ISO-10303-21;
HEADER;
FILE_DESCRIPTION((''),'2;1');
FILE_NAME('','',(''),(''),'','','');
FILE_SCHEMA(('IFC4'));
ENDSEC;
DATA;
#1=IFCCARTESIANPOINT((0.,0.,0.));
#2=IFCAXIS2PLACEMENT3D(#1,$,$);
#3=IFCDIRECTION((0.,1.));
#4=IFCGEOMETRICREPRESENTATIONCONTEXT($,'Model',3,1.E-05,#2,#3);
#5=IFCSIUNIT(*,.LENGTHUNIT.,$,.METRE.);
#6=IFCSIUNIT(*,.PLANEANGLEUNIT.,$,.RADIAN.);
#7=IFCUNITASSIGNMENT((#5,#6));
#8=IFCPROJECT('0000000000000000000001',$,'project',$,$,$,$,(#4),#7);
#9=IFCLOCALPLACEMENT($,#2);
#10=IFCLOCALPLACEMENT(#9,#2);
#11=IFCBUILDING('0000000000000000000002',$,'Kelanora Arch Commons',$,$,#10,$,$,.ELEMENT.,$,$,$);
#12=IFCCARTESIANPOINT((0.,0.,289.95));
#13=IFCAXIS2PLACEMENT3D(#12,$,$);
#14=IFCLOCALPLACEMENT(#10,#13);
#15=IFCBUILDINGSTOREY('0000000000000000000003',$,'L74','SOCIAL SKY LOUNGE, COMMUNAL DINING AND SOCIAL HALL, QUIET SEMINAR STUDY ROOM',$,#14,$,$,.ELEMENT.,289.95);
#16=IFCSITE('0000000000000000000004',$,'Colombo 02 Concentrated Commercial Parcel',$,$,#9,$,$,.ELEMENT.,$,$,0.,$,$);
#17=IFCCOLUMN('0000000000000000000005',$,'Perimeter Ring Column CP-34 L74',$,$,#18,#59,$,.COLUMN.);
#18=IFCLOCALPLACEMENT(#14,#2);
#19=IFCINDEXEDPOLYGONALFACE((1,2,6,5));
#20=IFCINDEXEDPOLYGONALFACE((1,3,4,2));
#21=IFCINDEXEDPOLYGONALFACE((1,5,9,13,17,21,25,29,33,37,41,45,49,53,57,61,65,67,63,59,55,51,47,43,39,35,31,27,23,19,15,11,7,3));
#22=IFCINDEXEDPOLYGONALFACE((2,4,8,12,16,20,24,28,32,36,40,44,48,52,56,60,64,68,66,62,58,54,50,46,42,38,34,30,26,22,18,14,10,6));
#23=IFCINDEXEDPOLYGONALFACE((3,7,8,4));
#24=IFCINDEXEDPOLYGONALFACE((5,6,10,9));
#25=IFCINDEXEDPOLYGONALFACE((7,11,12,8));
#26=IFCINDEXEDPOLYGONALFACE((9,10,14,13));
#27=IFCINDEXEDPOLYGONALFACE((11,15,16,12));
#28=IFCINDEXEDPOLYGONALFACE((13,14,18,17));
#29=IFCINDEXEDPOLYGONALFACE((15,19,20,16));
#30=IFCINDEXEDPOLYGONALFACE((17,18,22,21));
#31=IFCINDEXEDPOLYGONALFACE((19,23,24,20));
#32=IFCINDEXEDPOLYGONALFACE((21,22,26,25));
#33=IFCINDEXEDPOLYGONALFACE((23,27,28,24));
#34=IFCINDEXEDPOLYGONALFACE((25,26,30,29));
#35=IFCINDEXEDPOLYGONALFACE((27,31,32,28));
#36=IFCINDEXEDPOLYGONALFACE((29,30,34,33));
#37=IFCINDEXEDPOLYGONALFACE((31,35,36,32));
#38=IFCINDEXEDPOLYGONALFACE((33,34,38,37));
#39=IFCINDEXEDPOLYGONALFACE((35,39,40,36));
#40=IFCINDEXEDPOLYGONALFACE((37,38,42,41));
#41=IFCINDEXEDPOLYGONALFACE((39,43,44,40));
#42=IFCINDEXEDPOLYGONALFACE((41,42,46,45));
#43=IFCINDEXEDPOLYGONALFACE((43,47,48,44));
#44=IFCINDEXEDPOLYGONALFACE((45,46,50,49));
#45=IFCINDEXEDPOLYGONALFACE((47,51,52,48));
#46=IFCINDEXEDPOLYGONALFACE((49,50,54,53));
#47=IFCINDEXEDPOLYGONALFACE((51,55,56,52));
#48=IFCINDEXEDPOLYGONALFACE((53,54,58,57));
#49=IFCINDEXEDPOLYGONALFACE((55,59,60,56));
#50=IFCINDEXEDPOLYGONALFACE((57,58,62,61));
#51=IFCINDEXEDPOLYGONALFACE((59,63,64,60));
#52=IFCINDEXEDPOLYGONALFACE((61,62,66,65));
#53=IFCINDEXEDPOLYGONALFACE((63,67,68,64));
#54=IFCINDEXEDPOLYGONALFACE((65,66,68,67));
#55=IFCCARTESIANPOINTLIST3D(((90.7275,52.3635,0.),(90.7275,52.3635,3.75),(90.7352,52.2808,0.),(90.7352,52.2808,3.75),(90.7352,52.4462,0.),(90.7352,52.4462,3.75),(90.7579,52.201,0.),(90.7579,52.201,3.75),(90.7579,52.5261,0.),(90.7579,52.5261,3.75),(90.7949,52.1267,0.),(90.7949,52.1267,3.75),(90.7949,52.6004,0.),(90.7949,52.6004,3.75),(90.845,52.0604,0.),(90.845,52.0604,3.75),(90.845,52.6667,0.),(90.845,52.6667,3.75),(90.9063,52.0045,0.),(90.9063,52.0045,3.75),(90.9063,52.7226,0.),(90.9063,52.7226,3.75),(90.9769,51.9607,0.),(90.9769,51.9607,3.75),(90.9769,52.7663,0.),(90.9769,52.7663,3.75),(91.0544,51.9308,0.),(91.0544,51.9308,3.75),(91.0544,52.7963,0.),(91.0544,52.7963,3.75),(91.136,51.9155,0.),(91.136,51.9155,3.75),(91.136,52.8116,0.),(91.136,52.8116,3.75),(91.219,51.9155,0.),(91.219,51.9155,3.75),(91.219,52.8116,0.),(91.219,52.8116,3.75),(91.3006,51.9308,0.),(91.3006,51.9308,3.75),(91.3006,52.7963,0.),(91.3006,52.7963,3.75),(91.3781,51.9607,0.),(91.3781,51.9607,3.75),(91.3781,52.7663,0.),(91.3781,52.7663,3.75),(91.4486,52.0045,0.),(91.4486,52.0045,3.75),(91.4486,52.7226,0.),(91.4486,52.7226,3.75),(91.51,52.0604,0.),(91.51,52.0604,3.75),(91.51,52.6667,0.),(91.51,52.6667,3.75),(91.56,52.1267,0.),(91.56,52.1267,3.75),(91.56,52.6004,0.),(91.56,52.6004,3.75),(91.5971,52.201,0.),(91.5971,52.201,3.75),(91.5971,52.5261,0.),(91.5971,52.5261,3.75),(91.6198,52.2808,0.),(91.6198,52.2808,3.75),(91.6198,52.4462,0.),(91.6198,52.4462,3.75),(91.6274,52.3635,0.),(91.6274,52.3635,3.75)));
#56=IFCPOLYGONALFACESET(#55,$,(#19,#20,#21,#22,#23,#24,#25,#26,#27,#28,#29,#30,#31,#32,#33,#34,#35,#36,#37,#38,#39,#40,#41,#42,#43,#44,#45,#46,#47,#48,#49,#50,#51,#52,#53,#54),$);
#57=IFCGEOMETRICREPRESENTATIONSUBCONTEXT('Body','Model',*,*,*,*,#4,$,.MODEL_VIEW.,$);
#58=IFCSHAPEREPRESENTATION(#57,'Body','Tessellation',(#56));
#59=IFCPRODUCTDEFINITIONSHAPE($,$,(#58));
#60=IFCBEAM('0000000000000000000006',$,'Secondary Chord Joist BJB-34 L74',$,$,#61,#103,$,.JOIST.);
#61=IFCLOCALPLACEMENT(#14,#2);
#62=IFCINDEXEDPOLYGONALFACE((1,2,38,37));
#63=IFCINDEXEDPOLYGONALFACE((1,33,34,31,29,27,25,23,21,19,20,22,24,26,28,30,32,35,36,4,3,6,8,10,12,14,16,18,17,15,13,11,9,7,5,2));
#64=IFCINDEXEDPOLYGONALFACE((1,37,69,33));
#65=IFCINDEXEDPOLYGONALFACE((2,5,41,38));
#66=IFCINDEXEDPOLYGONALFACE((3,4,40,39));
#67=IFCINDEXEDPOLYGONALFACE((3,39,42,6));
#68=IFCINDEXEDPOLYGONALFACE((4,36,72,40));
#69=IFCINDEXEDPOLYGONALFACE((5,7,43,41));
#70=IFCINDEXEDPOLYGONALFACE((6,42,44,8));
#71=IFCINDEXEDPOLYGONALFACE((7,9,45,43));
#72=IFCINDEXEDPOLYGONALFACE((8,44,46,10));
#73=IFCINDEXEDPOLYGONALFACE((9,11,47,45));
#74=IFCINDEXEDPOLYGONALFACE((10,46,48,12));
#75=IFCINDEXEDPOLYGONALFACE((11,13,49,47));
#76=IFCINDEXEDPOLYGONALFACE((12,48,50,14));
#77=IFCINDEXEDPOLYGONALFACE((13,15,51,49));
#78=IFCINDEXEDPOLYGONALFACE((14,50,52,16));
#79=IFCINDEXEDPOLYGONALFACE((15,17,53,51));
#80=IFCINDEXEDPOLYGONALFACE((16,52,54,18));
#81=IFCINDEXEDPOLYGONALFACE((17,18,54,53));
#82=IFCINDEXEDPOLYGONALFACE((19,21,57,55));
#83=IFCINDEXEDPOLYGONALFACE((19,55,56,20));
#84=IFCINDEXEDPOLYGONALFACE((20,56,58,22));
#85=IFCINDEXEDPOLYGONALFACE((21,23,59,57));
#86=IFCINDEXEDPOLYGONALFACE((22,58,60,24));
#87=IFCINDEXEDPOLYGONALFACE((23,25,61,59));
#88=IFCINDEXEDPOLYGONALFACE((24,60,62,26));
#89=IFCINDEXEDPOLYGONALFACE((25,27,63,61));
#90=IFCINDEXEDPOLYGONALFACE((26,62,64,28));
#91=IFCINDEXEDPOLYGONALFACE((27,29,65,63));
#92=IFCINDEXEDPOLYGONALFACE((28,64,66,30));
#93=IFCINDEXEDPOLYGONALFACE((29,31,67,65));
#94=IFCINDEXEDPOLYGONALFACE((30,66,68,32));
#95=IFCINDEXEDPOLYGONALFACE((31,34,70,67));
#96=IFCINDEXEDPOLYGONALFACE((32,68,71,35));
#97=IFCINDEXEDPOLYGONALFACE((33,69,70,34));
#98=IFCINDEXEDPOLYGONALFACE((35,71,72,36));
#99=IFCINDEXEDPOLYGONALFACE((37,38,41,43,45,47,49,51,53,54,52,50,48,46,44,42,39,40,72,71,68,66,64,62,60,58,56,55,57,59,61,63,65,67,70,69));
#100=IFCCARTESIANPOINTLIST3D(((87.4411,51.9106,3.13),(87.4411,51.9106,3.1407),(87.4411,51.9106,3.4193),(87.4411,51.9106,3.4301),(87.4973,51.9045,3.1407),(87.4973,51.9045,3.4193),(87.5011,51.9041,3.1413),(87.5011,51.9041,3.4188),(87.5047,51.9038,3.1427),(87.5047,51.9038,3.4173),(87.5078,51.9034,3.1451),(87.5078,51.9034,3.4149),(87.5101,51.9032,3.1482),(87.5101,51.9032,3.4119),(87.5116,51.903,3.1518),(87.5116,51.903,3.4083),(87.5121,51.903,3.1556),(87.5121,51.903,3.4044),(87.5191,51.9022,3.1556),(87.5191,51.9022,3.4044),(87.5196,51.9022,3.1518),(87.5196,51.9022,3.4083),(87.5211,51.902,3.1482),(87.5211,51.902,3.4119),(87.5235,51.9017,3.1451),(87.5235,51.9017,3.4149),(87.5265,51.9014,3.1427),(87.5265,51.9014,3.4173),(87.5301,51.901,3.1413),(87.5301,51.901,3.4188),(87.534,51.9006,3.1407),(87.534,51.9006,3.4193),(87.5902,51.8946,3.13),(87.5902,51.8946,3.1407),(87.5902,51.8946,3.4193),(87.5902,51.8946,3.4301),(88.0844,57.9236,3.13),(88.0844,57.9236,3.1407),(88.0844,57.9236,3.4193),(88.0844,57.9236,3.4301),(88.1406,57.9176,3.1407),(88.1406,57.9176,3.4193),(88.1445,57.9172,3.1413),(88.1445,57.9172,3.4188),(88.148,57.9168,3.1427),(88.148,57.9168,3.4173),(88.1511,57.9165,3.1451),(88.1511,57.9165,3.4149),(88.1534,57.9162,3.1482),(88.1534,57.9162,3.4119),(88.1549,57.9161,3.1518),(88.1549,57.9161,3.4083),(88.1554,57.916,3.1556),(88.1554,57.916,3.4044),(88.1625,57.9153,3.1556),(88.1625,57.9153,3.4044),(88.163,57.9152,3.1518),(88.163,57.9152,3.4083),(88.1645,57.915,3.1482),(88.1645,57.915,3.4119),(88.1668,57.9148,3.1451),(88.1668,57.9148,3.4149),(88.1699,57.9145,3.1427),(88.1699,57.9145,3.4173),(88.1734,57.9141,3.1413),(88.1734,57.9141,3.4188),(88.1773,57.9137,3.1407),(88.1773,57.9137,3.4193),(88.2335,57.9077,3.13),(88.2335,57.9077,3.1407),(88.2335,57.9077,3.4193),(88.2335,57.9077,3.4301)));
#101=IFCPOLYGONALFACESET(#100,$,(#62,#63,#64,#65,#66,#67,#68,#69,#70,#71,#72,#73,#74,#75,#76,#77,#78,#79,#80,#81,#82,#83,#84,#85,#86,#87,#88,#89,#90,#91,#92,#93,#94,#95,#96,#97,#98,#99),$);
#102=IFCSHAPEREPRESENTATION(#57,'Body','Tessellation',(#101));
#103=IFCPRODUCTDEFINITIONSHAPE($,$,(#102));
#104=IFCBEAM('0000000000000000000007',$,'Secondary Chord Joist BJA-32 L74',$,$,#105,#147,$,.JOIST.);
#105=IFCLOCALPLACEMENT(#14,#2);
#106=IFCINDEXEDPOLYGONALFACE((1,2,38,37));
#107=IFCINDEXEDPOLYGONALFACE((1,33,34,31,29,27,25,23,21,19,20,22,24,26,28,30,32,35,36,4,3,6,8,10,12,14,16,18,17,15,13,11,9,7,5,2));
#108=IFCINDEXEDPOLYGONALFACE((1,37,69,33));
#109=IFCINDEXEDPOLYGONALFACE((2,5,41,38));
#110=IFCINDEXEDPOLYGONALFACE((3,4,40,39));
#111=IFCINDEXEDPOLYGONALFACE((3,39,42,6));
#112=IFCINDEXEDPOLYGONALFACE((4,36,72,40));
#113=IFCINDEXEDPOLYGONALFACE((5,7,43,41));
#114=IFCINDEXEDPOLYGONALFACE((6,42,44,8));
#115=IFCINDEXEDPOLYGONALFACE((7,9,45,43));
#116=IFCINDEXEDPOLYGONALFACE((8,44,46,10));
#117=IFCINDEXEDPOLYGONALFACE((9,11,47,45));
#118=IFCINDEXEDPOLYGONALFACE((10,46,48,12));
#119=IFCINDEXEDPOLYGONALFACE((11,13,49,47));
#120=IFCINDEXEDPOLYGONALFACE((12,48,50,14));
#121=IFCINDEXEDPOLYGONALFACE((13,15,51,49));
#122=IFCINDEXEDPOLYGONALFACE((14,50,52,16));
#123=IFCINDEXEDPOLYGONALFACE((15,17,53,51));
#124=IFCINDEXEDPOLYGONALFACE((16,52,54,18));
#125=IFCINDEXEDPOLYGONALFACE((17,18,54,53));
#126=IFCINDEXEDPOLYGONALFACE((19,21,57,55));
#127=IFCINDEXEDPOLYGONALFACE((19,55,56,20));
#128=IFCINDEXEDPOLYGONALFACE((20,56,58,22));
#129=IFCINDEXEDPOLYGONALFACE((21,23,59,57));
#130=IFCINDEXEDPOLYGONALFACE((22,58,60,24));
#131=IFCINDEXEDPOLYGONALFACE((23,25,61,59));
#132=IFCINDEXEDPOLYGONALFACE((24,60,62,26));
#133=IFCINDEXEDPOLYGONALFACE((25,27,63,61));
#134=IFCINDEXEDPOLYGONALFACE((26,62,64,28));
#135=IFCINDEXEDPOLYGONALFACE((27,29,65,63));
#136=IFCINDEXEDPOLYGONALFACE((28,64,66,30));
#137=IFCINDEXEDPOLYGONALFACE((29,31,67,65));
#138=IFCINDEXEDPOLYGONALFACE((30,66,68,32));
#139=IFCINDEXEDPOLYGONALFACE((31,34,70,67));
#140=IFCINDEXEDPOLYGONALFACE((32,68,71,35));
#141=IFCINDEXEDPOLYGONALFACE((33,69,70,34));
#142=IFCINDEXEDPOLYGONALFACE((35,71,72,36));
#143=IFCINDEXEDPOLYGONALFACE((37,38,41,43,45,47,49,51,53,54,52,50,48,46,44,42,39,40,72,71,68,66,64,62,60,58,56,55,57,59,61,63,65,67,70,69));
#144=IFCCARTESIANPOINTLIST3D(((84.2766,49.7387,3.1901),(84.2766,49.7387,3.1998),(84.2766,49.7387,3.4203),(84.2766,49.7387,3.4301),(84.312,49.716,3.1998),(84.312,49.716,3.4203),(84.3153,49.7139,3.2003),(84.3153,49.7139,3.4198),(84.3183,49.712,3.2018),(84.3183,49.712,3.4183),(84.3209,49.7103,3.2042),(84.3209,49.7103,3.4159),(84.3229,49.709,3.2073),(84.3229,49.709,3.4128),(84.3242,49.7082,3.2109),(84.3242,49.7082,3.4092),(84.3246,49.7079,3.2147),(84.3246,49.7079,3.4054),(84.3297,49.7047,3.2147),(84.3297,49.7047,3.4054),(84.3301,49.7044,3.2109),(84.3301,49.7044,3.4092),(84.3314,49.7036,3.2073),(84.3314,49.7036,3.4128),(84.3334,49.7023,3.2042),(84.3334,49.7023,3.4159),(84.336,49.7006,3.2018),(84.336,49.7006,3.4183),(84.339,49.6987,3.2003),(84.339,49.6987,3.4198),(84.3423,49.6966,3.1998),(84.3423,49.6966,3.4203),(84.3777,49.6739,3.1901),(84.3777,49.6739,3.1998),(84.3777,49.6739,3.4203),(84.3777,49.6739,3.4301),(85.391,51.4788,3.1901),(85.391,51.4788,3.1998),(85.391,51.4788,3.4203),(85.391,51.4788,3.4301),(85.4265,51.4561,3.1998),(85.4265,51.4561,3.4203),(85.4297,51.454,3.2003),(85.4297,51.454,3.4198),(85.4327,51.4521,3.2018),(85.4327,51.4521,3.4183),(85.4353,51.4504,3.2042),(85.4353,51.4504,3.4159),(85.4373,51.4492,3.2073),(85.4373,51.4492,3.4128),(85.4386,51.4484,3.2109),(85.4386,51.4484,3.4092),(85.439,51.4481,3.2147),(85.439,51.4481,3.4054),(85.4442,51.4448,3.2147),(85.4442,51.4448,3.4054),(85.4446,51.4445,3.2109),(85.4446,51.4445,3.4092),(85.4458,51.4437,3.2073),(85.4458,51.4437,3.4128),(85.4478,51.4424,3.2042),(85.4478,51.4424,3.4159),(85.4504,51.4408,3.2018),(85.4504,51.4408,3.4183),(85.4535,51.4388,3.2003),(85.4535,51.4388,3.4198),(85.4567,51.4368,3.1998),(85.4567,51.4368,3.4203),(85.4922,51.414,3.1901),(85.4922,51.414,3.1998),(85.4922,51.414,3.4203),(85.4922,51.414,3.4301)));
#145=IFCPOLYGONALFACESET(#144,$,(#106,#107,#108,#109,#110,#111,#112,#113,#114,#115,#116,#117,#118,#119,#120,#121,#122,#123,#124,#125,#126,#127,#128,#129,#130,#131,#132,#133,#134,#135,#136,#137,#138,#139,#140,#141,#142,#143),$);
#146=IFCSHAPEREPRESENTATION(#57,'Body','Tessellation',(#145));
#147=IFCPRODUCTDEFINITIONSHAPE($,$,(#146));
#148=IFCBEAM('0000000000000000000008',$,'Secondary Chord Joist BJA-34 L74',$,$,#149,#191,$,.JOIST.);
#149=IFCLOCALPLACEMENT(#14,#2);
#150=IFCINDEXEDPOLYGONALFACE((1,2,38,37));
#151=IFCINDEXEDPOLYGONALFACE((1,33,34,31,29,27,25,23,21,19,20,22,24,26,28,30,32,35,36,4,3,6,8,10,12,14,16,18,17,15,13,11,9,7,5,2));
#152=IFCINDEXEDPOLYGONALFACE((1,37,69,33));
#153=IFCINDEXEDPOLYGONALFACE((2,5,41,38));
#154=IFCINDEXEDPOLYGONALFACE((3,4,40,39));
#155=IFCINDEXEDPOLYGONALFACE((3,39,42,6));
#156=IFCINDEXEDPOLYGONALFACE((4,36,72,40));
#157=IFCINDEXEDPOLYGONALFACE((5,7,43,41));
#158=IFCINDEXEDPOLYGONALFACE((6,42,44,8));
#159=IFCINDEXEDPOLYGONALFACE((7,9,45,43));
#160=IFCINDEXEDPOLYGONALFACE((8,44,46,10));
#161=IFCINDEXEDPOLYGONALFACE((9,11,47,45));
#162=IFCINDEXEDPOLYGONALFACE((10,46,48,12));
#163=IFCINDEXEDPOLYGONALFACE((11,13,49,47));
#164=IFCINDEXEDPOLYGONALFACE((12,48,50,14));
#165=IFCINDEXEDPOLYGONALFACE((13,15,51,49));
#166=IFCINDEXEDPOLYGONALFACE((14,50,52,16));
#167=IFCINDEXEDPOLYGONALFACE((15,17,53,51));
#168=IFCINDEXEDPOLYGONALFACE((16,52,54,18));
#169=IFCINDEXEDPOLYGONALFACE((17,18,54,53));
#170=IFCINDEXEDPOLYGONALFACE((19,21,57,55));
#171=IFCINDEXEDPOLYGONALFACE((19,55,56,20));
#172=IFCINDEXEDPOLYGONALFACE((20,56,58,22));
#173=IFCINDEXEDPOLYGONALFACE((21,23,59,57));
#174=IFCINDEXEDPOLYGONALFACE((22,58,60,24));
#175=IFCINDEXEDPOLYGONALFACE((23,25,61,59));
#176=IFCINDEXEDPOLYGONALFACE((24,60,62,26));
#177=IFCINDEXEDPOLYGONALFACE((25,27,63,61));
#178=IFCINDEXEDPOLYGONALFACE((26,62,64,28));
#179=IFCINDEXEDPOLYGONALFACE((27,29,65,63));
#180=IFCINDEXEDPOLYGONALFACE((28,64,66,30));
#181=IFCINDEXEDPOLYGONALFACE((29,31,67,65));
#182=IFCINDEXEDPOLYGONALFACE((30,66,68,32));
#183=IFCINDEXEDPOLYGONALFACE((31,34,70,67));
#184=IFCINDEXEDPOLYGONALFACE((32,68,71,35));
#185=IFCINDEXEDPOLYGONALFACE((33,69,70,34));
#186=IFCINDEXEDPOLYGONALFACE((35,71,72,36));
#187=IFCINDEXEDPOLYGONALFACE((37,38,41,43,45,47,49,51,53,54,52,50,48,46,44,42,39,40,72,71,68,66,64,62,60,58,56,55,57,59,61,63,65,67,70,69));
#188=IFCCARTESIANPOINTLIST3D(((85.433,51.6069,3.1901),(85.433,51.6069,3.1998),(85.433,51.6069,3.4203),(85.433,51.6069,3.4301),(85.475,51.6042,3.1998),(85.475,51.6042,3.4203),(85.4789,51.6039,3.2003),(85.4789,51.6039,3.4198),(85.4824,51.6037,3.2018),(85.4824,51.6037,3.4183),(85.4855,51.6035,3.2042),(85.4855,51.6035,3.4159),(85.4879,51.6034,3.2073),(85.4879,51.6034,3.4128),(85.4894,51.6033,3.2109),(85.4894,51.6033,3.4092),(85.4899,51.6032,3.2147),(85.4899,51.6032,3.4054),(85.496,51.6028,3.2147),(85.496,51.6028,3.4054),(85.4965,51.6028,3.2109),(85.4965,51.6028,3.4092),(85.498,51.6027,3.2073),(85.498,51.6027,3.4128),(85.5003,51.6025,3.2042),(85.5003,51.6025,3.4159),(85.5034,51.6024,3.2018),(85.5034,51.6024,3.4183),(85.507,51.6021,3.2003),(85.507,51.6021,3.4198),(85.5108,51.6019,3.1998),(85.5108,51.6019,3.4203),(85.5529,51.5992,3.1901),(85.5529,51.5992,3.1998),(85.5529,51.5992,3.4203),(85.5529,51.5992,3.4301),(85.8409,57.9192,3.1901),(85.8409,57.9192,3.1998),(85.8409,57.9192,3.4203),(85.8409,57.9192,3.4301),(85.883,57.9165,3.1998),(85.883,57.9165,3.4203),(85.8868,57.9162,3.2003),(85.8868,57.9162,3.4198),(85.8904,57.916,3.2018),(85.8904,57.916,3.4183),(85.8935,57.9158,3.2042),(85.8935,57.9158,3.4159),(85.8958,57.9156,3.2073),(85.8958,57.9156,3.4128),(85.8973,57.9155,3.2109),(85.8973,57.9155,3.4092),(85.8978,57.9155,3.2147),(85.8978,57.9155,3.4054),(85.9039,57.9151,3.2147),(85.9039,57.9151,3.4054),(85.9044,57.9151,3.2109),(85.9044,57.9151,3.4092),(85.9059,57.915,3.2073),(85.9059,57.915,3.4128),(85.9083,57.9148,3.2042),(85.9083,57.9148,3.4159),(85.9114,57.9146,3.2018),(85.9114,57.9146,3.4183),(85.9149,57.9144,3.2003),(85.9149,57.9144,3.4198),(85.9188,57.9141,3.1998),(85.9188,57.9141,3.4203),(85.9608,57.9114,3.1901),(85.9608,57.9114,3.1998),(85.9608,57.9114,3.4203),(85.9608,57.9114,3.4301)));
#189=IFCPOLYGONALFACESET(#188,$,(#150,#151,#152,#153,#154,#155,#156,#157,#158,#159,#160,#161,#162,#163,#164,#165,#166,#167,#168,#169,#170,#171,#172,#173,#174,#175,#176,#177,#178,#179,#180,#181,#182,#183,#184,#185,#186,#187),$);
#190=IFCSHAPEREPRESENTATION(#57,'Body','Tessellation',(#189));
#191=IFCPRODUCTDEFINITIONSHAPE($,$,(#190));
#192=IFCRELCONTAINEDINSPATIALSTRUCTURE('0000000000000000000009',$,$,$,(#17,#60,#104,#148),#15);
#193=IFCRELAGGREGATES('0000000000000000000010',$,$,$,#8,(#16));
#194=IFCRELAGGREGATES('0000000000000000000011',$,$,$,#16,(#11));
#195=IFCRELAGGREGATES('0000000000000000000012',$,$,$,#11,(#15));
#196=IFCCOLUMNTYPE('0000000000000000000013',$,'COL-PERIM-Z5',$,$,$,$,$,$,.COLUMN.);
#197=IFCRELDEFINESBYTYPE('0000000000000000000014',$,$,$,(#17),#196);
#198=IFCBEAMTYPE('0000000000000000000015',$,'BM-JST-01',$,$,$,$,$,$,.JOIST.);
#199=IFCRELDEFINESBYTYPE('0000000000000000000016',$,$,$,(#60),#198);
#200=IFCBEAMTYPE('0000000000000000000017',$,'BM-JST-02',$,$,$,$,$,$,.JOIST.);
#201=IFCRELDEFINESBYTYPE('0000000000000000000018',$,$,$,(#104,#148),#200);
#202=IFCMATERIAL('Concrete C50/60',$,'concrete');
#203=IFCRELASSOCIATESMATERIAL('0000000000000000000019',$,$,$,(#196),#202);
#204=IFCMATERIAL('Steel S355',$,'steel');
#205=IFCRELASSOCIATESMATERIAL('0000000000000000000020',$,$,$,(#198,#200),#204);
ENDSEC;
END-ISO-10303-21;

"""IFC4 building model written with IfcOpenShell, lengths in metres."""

from ifc_helpers import new_model, si_unit, direction, frame, origin, origin_2d, place, context, subcontext, project, spatial, circle, i_section, extrude, material, material_profile, profile_set, type_object, element, save


model = new_model("IFC4")

# Units and contexts
model_context = context("Model", 3, precision=1e-05, world=origin(), true_north=direction((0.0, 1.0)))
body_context = subcontext(model_context, "Body", "Model", "MODEL_VIEW")
ifc_project = project(units=[si_unit("LENGTHUNIT", "METRE"), si_unit("PLANEANGLEUNIT", "RADIAN")], contexts=[model_context])

# Site, building, storey
site_placement = place(None, origin())
site = spatial("IfcSite", under=ifc_project, at=site_placement, Name="Colombo 02 Concentrated Commercial Parcel", CompositionType="ELEMENT", RefElevation=0.0)
building_placement = place(site_placement, origin())
building = spatial("IfcBuilding", under=site, at=building_placement, Name="Kelanora Arch Commons", CompositionType="ELEMENT")
storey_placement = place(building_placement, frame((0.0, 0.0, 289.95)))
storey = spatial("IfcBuildingStorey", under=building, at=storey_placement, Name="L74", Description="SOCIAL SKY LOUNGE, COMMUNAL DINING AND SOCIAL HALL, QUIET SEMINAR STUDY ROOM", CompositionType="ELEMENT", Elevation=289.95)

# Column
ifc_material_1 = material(Name="Concrete C50/60", Category="concrete")
ifc_material_profile_1 = material_profile(ifc_material_1, circle(Radius=0.45, at=origin_2d()), Name="RCC900")
ifc_profile_set_1 = profile_set([ifc_material_profile_1], Name="Concrete C50/60")
column_type = type_object("IfcColumnType", Name="COL-PERIM-Z5", PredefinedType="COLUMN", material=ifc_profile_set_1)
column_placement = place(storey_placement, frame((91.1775, 52.3635, 0.0), z_axis=(0.0, 0.0, 1.0), x_axis=(1.0, 0.0, 0.0)))
element("IfcColumn", 1, at=column_placement, inside=storey, type_object=column_type, Name="Perimeter Ring Column CP-34 L74", PredefinedType="COLUMN", context=body_context, shape_type="SweptSolid", body=[
    extrude(circle(Radius=0.45, at=origin_2d()), origin(), (0.0, 0.0, 1.0), 3.75),
])

# Beams
ifc_material_2 = material(Name="Steel S355", Category="steel")
ifc_material_profile_2 = material_profile(ifc_material_2, i_section(OverallWidth=0.1499, OverallDepth=0.3, WebThickness=0.0071, FlangeThickness=0.0107, FilletRadius=0.0149, at=origin_2d()), Name="IPE300")
ifc_profile_set_2 = profile_set([ifc_material_profile_2], Name="Steel S355")
beam_type_1 = type_object("IfcBeamType", Name="BM-JST-01", PredefinedType="JOIST", material=ifc_profile_set_2)
beam_1_placement = place(storey_placement, frame((87.5156, 51.9026, 3.28), z_axis=(0.106381, 0.994325, 0.0), x_axis=(-0.994325, 0.106381, 0.0)))
element("IfcBeam", 2, at=beam_1_placement, inside=storey, type_object=beam_type_1, Name="Secondary Chord Joist BJB-34 L74", PredefinedType="JOIST", context=body_context, shape_type="SweptSolid", body=[
    extrude(i_section(OverallWidth=0.1499, OverallDepth=0.3, WebThickness=0.0071, FlangeThickness=0.0107, FilletRadius=0.0149, at=origin_2d()), origin(), (0.0, 0.0, 1.0), 6.0474),
])
ifc_material_profile_3 = material_profile(ifc_material_2, i_section(OverallWidth=0.1201, OverallDepth=0.24, WebThickness=0.0061, FlangeThickness=0.0098, FilletRadius=0.0149, at=origin_2d()), Name="IPE240")
ifc_profile_set_3 = profile_set([ifc_material_profile_3], Name="Steel S355")
beam_type_2 = type_object("IfcBeamType", Name="BM-JST-02", PredefinedType="JOIST", material=ifc_profile_set_3)
beam_2_placement = place(storey_placement, frame((84.3271, 49.7063, 3.3101), z_axis=(0.539312, 0.842106, 0.0), x_axis=(-0.842106, 0.539312, 0.0)))
element("IfcBeam", 3, at=beam_2_placement, inside=storey, type_object=beam_type_2, Name="Secondary Chord Joist BJA-32 L74", PredefinedType="JOIST", context=body_context, shape_type="SweptSolid", body=[
    extrude(i_section(OverallWidth=0.1201, OverallDepth=0.24, WebThickness=0.0061, FlangeThickness=0.0098, FilletRadius=0.0149, at=origin_2d()), origin(), (0.0, 0.0, 1.0), 2.0664),
])
beam_3_placement = place(storey_placement, frame((85.4929, 51.603, 3.3101), z_axis=(0.064495, 0.997918, 0.0), x_axis=(-0.997918, 0.064495, 0.0)))
element("IfcBeam", 4, at=beam_3_placement, inside=storey, type_object=beam_type_2, Name="Secondary Chord Joist BJA-34 L74", PredefinedType="JOIST", context=body_context, shape_type="SweptSolid", body=[
    extrude(i_section(OverallWidth=0.1201, OverallDepth=0.24, WebThickness=0.0061, FlangeThickness=0.0098, FilletRadius=0.0149, at=origin_2d()), origin(), (0.0, 0.0, 1.0), 6.3254),
])

save(model, "model.ifc")
